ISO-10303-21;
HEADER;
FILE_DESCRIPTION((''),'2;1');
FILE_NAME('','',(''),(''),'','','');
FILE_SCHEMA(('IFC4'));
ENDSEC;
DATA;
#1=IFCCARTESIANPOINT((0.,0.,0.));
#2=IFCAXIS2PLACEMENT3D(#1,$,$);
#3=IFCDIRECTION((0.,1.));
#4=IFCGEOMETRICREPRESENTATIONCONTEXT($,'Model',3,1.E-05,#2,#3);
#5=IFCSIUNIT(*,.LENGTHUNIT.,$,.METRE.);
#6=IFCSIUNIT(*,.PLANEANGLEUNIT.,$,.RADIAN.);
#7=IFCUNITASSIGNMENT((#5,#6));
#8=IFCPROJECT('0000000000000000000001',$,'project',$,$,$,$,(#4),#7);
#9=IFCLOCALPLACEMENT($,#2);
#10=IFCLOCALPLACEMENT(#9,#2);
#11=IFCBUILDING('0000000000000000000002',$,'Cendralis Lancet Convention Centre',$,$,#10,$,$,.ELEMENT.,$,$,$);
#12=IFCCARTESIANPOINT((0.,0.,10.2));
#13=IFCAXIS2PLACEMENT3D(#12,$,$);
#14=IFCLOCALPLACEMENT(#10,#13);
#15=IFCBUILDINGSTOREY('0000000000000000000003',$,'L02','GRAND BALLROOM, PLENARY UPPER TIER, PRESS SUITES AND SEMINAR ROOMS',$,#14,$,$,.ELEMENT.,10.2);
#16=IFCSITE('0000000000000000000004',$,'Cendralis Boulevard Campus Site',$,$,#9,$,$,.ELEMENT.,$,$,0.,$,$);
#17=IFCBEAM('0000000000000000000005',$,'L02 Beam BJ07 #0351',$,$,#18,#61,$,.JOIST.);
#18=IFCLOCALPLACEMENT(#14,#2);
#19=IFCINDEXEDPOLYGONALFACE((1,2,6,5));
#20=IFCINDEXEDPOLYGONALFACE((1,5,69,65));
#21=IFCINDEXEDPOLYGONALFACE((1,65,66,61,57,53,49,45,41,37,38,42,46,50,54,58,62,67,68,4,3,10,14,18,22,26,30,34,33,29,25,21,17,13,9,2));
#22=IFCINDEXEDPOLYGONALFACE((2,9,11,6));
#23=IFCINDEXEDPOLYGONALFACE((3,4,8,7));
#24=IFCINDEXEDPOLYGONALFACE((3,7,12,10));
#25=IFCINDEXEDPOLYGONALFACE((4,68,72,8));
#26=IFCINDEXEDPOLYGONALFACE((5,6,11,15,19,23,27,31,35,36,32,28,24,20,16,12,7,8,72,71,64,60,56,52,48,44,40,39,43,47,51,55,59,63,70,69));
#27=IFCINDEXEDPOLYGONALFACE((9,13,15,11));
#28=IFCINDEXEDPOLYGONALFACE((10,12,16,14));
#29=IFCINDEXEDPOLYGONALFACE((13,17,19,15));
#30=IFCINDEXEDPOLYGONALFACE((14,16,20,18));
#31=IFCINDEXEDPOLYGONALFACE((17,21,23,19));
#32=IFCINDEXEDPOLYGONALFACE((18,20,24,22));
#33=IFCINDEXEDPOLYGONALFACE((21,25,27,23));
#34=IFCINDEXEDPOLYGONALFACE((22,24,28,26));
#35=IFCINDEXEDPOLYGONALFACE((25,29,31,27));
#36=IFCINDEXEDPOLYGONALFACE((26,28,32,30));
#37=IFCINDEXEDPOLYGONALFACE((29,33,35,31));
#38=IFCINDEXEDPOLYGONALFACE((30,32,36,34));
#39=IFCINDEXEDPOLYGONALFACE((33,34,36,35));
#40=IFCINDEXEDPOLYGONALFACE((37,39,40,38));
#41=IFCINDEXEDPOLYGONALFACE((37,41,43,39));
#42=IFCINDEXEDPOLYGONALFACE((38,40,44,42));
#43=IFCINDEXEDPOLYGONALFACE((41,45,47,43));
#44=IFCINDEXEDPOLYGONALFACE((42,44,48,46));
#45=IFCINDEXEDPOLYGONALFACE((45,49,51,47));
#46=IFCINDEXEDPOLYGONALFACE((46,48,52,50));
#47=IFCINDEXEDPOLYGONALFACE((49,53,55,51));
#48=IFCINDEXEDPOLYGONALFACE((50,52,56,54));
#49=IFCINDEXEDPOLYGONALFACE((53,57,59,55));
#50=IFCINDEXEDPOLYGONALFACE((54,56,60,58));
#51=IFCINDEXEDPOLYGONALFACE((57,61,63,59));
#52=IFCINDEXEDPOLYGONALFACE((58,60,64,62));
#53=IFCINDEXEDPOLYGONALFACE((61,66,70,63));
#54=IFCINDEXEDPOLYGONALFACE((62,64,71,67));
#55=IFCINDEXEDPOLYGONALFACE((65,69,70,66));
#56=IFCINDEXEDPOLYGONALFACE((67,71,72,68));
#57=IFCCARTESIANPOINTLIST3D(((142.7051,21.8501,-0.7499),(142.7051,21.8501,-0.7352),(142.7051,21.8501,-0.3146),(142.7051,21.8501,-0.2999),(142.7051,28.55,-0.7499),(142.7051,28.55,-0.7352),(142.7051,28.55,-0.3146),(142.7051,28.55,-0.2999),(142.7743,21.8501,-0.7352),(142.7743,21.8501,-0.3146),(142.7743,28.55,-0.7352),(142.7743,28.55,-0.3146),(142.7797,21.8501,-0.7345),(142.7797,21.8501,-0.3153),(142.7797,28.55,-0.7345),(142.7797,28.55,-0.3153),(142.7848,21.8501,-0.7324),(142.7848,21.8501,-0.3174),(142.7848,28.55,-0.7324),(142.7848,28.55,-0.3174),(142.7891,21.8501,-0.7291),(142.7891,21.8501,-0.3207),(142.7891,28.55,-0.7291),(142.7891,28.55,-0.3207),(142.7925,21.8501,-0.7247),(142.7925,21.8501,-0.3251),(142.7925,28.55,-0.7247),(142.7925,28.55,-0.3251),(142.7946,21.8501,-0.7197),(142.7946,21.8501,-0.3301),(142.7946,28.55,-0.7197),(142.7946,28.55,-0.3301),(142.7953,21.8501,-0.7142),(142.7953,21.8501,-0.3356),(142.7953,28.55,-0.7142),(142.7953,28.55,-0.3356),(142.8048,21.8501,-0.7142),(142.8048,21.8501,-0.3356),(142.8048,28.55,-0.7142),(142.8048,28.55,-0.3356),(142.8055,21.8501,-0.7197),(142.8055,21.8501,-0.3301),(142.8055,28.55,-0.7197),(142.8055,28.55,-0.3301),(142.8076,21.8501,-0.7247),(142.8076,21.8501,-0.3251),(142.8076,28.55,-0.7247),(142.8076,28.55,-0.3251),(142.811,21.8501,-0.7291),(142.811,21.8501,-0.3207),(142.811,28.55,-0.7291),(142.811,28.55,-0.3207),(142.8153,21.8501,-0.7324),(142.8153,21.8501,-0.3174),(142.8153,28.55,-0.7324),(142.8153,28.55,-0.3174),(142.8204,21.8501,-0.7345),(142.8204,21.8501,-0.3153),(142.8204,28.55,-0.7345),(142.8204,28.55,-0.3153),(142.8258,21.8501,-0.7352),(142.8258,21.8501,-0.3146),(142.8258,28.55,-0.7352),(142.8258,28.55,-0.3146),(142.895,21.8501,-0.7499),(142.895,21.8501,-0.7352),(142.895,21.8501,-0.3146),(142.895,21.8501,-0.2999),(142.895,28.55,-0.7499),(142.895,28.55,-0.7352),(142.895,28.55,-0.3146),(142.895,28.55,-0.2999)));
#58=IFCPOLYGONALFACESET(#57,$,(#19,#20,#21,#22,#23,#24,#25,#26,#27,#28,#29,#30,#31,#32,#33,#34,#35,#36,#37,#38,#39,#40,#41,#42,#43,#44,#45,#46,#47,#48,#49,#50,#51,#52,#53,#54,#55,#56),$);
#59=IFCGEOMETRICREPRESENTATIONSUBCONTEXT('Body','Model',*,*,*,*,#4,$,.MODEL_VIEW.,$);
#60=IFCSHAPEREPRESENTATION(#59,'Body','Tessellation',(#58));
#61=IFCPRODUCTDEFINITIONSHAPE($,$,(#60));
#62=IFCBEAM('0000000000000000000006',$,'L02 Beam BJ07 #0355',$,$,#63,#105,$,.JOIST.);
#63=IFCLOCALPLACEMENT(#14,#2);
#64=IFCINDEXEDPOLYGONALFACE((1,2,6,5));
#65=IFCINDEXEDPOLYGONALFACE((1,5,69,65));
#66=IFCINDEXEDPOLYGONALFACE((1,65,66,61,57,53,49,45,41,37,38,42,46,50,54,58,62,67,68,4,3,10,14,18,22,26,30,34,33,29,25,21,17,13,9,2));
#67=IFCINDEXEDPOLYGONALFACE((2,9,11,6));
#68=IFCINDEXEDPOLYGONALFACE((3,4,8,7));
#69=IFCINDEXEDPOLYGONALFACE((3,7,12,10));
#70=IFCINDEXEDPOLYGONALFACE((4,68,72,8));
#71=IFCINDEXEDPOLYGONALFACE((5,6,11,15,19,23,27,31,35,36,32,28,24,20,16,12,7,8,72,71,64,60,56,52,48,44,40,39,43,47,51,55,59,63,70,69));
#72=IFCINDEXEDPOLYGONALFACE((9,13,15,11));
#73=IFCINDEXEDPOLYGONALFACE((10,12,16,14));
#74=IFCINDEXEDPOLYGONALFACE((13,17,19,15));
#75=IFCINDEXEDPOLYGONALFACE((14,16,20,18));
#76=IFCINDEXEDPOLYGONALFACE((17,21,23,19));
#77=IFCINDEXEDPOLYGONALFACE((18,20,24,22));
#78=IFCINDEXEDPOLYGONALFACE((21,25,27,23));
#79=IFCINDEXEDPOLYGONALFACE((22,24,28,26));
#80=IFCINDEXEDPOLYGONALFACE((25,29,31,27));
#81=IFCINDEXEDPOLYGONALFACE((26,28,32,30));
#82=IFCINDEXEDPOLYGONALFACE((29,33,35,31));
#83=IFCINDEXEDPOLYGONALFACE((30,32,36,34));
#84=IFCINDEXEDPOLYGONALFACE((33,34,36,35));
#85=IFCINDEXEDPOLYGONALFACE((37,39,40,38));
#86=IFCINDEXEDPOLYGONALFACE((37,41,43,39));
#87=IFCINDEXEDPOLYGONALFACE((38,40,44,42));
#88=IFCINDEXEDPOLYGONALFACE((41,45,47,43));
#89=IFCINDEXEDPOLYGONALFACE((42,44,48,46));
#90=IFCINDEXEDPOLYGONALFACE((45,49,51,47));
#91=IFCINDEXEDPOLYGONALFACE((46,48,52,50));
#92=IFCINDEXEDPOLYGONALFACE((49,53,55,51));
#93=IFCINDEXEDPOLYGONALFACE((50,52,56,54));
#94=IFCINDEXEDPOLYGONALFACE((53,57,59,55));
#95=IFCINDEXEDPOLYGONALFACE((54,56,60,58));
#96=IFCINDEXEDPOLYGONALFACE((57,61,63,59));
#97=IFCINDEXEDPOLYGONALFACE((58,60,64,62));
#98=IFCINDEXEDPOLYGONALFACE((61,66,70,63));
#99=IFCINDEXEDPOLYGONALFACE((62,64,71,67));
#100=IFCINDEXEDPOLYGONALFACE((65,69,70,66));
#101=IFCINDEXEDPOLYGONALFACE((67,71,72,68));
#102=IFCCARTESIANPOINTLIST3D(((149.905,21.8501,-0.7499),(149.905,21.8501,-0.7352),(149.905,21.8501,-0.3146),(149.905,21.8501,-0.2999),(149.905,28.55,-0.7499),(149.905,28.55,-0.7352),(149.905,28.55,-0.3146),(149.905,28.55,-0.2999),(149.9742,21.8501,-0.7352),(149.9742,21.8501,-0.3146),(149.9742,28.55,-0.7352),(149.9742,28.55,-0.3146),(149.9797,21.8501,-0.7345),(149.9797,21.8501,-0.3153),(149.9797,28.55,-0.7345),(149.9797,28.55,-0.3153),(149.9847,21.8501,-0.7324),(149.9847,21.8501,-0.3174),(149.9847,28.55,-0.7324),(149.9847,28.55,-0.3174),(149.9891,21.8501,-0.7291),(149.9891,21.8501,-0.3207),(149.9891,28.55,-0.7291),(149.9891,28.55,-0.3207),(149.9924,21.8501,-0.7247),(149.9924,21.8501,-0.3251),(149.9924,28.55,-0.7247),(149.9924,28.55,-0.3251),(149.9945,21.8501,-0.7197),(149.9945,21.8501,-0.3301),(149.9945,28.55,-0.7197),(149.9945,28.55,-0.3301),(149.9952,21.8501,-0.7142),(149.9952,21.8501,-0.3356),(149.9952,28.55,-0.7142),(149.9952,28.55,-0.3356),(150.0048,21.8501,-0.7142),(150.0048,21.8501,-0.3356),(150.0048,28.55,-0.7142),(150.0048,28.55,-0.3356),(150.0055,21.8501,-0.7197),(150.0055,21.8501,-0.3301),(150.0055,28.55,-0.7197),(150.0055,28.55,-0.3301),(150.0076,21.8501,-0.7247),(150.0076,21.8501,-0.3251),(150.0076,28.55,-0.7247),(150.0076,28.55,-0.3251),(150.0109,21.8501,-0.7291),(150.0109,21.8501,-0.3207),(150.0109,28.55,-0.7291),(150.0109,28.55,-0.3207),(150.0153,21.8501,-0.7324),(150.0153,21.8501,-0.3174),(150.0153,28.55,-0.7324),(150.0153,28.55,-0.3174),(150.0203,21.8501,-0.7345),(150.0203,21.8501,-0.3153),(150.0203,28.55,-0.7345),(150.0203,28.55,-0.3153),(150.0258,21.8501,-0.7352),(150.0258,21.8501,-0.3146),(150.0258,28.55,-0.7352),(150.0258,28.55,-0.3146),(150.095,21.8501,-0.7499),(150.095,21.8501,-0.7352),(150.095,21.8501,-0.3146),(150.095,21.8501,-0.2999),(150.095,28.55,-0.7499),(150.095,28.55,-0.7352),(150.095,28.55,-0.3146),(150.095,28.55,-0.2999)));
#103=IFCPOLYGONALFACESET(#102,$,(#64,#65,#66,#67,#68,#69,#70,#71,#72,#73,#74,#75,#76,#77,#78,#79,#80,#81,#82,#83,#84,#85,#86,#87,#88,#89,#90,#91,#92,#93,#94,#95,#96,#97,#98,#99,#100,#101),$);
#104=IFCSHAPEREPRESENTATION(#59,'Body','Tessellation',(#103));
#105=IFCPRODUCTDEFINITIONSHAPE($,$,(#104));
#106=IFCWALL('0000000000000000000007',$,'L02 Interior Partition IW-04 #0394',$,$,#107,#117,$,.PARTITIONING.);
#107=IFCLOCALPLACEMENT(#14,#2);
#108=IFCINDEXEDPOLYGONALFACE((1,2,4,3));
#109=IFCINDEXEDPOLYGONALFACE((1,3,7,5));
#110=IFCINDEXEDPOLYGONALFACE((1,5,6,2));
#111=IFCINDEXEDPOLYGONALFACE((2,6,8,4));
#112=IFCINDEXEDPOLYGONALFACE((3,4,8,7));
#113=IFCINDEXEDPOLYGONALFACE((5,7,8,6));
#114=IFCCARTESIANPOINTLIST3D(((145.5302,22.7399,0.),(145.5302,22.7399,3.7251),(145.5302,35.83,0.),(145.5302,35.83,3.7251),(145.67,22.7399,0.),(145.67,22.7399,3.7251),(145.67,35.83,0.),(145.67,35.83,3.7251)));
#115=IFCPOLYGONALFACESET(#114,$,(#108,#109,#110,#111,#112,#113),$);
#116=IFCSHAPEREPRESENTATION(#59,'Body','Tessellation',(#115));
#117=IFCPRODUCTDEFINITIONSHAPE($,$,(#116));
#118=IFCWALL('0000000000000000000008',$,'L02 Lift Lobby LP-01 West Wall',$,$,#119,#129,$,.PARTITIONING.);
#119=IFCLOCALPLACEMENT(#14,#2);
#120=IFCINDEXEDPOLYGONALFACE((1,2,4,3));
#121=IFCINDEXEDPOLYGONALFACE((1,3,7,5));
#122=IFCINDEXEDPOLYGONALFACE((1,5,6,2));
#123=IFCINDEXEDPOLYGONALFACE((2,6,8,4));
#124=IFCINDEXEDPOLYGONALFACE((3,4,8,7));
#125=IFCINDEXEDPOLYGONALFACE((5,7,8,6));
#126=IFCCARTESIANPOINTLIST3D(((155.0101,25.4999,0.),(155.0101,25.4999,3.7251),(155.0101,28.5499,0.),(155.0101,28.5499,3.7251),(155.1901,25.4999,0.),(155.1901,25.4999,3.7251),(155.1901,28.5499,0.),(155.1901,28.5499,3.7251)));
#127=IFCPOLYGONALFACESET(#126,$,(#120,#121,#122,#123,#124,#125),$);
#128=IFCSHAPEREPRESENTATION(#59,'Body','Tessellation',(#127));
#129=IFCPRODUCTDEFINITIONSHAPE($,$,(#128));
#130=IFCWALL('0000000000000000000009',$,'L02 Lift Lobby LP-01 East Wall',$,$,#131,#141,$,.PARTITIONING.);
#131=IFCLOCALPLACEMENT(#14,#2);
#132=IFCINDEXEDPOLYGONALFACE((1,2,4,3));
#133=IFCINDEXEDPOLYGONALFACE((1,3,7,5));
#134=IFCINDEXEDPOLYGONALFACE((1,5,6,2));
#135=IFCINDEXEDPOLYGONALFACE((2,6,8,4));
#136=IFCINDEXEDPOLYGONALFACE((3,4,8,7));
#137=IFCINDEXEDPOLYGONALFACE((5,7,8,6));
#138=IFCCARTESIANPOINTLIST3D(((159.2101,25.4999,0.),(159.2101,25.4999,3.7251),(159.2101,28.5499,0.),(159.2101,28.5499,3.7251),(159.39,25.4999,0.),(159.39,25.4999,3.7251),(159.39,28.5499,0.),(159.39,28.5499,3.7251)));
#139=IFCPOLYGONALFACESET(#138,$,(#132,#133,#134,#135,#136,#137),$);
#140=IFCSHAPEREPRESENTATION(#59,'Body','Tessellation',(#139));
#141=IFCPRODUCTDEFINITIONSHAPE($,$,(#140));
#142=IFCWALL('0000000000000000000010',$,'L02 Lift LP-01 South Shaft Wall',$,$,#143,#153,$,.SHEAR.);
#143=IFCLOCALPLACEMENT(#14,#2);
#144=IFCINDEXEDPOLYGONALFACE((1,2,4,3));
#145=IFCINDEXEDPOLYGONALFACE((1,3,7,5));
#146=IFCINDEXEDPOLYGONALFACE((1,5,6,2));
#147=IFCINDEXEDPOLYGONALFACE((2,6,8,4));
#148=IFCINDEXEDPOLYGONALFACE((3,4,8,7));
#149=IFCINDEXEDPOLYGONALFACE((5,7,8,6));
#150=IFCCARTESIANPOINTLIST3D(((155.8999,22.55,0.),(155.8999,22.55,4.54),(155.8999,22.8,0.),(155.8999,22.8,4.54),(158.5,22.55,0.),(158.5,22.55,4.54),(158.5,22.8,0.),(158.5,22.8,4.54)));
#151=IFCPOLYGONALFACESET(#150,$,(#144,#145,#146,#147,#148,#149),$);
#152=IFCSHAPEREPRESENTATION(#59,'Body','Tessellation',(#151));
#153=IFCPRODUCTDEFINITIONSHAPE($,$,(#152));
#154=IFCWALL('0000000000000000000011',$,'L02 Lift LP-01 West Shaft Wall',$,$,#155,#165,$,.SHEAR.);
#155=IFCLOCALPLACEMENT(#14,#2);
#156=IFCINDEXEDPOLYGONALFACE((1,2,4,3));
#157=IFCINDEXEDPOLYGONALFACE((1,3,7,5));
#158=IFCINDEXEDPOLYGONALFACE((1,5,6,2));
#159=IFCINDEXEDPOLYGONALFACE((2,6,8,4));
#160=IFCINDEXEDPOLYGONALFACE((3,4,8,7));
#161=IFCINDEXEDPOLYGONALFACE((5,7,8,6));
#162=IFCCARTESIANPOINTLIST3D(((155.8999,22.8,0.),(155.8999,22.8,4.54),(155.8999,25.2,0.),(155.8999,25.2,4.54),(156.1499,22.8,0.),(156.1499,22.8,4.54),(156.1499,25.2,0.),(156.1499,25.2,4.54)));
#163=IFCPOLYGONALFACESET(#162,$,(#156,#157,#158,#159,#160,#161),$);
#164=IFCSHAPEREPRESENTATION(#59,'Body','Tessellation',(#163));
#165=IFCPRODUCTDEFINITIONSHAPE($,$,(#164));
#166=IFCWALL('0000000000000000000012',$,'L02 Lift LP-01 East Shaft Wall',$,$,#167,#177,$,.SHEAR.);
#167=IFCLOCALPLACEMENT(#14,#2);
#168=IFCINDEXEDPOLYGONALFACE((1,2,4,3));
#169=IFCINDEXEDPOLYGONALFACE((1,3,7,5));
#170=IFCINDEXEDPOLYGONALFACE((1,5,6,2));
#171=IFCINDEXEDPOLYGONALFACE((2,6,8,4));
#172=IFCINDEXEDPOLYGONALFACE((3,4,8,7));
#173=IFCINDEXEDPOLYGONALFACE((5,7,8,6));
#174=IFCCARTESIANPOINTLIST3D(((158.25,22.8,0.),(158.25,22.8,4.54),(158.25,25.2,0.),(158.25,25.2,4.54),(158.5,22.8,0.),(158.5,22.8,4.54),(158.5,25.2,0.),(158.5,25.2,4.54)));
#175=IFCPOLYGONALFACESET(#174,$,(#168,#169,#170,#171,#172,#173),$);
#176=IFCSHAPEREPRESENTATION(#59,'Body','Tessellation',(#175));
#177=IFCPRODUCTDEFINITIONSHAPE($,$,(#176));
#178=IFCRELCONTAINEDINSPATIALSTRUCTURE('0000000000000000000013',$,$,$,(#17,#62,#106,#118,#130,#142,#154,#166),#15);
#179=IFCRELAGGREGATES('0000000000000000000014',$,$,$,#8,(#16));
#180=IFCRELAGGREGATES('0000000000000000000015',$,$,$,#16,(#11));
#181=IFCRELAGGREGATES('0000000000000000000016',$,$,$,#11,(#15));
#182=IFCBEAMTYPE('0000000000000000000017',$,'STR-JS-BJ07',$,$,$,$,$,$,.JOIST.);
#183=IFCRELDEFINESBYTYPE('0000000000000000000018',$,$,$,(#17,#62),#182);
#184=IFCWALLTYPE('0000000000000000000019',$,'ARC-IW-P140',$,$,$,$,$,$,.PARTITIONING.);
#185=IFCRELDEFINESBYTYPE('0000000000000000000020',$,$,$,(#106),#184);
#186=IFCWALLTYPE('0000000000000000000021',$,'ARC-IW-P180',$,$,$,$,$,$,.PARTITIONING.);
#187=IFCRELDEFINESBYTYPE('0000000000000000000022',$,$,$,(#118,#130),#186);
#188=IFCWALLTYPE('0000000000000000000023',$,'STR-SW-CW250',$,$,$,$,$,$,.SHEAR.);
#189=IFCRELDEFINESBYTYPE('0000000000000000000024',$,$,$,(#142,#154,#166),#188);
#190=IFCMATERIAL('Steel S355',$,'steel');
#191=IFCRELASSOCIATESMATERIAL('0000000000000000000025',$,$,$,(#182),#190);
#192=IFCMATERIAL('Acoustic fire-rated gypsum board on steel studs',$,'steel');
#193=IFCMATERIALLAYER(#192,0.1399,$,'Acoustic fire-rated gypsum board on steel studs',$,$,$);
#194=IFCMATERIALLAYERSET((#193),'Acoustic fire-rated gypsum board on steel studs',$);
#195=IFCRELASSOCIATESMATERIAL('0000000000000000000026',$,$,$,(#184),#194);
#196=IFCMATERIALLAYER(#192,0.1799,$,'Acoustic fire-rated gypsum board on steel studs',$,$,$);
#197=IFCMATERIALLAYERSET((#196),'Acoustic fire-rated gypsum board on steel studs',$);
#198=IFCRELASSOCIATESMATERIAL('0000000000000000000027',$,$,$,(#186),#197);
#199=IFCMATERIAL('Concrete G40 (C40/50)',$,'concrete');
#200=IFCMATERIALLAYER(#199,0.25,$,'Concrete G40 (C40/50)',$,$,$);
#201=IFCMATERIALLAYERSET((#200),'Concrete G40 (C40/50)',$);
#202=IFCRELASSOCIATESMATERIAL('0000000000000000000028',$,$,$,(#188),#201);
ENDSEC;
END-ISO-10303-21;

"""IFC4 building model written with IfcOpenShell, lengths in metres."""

from ifc_helpers import new_model, si_unit, direction, frame, frame_2d, origin, origin_2d, place, context, subcontext, project, spatial, rectangle, i_section, extrude, material, layer, layer_set, material_profile, profile_set, type_object, element, save


model = new_model("IFC4")

# Units and contexts
model_context = context("Model", 3, precision=1e-05, world=origin(), true_north=direction((0.0, 1.0)))
body_context = subcontext(model_context, "Body", "Model", "MODEL_VIEW")
ifc_project = project(units=[si_unit("LENGTHUNIT", "METRE"), si_unit("PLANEANGLEUNIT", "RADIAN")], contexts=[model_context])

# Site, building, storey
site_placement = place(None, origin())
site = spatial("IfcSite", under=ifc_project, at=site_placement, Name="Cendralis Boulevard Campus Site", CompositionType="ELEMENT", RefElevation=0.0)
building_placement = place(site_placement, origin())
building = spatial("IfcBuilding", under=site, at=building_placement, Name="Cendralis Lancet Convention Centre", CompositionType="ELEMENT")
storey_placement = place(building_placement, frame((0.0, 0.0, 10.2)))
storey = spatial("IfcBuildingStorey", under=building, at=storey_placement, Name="L02", Description="GRAND BALLROOM, PLENARY UPPER TIER, PRESS SUITES AND SEMINAR ROOMS", CompositionType="ELEMENT", Elevation=10.2)

# Shared definitions
ifc_material_1 = material(Name="Concrete G40 (C40/50)", Category="concrete")

# Beams
ifc_material_2 = material(Name="Steel S355", Category="steel")
ifc_material_profile_1 = material_profile(ifc_material_2, i_section(OverallWidth=0.1899, OverallDepth=0.45, WebThickness=0.0095, FlangeThickness=0.0146, FilletRadius=0.021, at=origin_2d()), Name="IPE 450")
ifc_profile_set_1 = profile_set([ifc_material_profile_1], Name="Steel S355")
beam_type_1 = type_object("IfcBeamType", Name="STR-JS-BJ07", PredefinedType="JOIST", material=ifc_profile_set_1)
for number, where, z_axis, x_axis, name in (
    (1, (142.8, 21.8501, -0.5249), (0.0, 1.0, 0.0), (-1.0, 0.0, 0.0), "L02 Beam BJ07 #0351"),
    (2, (150.0, 21.8501, -0.5249), (0.0, 1.0, 0.0), (-1.0, 0.0, 0.0), "L02 Beam BJ07 #0355"),
):
    element("IfcBeam", number, at=place(storey_placement, frame(where, z_axis=z_axis, x_axis=x_axis)), inside=storey, type_object=beam_type_1, Name=name, PredefinedType="JOIST", context=body_context, shape_type="SweptSolid", body=[
        extrude(i_section(OverallWidth=0.1899, OverallDepth=0.45, WebThickness=0.0095, FlangeThickness=0.0146, FilletRadius=0.021, at=origin_2d()), origin(), (0.0, 0.0, 1.0), 6.7),
    ])

# Wall
ifc_material_3 = material(Name="Acoustic fire-rated gypsum board on steel studs", Category="steel")
ifc_layer_1 = layer(ifc_material_3, 0.1399, Name="Acoustic fire-rated gypsum board on steel studs")
ifc_layer_set_1 = layer_set([ifc_layer_1], Name="Acoustic fire-rated gypsum board on steel studs")
wall_type_1 = type_object("IfcWallType", Name="ARC-IW-P140", PredefinedType="PARTITIONING", material=ifc_layer_set_1)
wall_1_placement = place(storey_placement, frame((145.6001, 22.74, 0.0), z_axis=(0.0, 0.0, 1.0), x_axis=(0.0, 1.0, 0.0)))
element("IfcWall", 3, at=wall_1_placement, inside=storey, type_object=wall_type_1, Name="L02 Interior Partition IW-04 #0394", PredefinedType="PARTITIONING", context=body_context, shape_type="SweptSolid", body=[
    extrude(rectangle(XDim=13.0901, YDim=0.1399, at=frame_2d((6.5449, 0.0))), origin(), (0.0, 0.0, 1.0), 3.7251),
])

# Shared definitions
ifc_layer_2 = layer(ifc_material_3, 0.1799, Name="Acoustic fire-rated gypsum board on steel studs")
ifc_layer_set_2 = layer_set([ifc_layer_2], Name="Acoustic fire-rated gypsum board on steel studs")
wall_type_2 = type_object("IfcWallType", Name="ARC-IW-P180", PredefinedType="PARTITIONING", material=ifc_layer_set_2)

# Walls
for number, where, z_axis, x_axis, name in (
    (4, (155.1001, 25.5, 0.0), (0.0, 0.0, 1.0), (0.0, 1.0, 0.0), "L02 Lift Lobby LP-01 West Wall"),
    (5, (159.3, 25.5, 0.0), (0.0, 0.0, 1.0), (0.0, 1.0, 0.0), "L02 Lift Lobby LP-01 East Wall"),
):
    element("IfcWall", number, at=place(storey_placement, frame(where, z_axis=z_axis, x_axis=x_axis)), inside=storey, type_object=wall_type_2, Name=name, PredefinedType="PARTITIONING", context=body_context, shape_type="SweptSolid", body=[
        extrude(rectangle(XDim=3.05, YDim=0.1799, at=frame_2d((1.5249, 0.0))), origin(), (0.0, 0.0, 1.0), 3.7251),
    ])
ifc_layer_3 = layer(ifc_material_1, 0.25, Name="Concrete G40 (C40/50)")
ifc_layer_set_3 = layer_set([ifc_layer_3], Name="Concrete G40 (C40/50)")
wall_type_3 = type_object("IfcWallType", Name="STR-SW-CW250", PredefinedType="SHEAR", material=ifc_layer_set_3)
wall_2_placement = place(storey_placement, frame((155.8999, 22.675, 0.0), z_axis=(0.0, 0.0, 1.0), x_axis=(1.0, 0.0, 0.0)))
element("IfcWall", 6, at=wall_2_placement, inside=storey, type_object=wall_type_3, Name="L02 Lift LP-01 South Shaft Wall", PredefinedType="SHEAR", context=body_context, shape_type="SweptSolid", body=[
    extrude(rectangle(XDim=2.6001, YDim=0.25, at=frame_2d((1.3, 0.0))), origin(), (0.0, 0.0, 1.0), 4.54),
])

# Walls
for number, where, z_axis, x_axis, name in (
    (7, (156.0249, 22.8, 0.0), (0.0, 0.0, 1.0), (0.0, 1.0, 0.0), "L02 Lift LP-01 West Shaft Wall"),
    (8, (158.375, 22.8, 0.0), (0.0, 0.0, 1.0), (0.0, 1.0, 0.0), "L02 Lift LP-01 East Shaft Wall"),
):
    element("IfcWall", number, at=place(storey_placement, frame(where, z_axis=z_axis, x_axis=x_axis)), inside=storey, type_object=wall_type_3, Name=name, PredefinedType="SHEAR", context=body_context, shape_type="SweptSolid", body=[
        extrude(rectangle(XDim=2.3999, YDim=0.25, at=frame_2d((1.2, 0.0))), origin(), (0.0, 0.0, 1.0), 4.54),
    ])

save(model, "model.ifc")
